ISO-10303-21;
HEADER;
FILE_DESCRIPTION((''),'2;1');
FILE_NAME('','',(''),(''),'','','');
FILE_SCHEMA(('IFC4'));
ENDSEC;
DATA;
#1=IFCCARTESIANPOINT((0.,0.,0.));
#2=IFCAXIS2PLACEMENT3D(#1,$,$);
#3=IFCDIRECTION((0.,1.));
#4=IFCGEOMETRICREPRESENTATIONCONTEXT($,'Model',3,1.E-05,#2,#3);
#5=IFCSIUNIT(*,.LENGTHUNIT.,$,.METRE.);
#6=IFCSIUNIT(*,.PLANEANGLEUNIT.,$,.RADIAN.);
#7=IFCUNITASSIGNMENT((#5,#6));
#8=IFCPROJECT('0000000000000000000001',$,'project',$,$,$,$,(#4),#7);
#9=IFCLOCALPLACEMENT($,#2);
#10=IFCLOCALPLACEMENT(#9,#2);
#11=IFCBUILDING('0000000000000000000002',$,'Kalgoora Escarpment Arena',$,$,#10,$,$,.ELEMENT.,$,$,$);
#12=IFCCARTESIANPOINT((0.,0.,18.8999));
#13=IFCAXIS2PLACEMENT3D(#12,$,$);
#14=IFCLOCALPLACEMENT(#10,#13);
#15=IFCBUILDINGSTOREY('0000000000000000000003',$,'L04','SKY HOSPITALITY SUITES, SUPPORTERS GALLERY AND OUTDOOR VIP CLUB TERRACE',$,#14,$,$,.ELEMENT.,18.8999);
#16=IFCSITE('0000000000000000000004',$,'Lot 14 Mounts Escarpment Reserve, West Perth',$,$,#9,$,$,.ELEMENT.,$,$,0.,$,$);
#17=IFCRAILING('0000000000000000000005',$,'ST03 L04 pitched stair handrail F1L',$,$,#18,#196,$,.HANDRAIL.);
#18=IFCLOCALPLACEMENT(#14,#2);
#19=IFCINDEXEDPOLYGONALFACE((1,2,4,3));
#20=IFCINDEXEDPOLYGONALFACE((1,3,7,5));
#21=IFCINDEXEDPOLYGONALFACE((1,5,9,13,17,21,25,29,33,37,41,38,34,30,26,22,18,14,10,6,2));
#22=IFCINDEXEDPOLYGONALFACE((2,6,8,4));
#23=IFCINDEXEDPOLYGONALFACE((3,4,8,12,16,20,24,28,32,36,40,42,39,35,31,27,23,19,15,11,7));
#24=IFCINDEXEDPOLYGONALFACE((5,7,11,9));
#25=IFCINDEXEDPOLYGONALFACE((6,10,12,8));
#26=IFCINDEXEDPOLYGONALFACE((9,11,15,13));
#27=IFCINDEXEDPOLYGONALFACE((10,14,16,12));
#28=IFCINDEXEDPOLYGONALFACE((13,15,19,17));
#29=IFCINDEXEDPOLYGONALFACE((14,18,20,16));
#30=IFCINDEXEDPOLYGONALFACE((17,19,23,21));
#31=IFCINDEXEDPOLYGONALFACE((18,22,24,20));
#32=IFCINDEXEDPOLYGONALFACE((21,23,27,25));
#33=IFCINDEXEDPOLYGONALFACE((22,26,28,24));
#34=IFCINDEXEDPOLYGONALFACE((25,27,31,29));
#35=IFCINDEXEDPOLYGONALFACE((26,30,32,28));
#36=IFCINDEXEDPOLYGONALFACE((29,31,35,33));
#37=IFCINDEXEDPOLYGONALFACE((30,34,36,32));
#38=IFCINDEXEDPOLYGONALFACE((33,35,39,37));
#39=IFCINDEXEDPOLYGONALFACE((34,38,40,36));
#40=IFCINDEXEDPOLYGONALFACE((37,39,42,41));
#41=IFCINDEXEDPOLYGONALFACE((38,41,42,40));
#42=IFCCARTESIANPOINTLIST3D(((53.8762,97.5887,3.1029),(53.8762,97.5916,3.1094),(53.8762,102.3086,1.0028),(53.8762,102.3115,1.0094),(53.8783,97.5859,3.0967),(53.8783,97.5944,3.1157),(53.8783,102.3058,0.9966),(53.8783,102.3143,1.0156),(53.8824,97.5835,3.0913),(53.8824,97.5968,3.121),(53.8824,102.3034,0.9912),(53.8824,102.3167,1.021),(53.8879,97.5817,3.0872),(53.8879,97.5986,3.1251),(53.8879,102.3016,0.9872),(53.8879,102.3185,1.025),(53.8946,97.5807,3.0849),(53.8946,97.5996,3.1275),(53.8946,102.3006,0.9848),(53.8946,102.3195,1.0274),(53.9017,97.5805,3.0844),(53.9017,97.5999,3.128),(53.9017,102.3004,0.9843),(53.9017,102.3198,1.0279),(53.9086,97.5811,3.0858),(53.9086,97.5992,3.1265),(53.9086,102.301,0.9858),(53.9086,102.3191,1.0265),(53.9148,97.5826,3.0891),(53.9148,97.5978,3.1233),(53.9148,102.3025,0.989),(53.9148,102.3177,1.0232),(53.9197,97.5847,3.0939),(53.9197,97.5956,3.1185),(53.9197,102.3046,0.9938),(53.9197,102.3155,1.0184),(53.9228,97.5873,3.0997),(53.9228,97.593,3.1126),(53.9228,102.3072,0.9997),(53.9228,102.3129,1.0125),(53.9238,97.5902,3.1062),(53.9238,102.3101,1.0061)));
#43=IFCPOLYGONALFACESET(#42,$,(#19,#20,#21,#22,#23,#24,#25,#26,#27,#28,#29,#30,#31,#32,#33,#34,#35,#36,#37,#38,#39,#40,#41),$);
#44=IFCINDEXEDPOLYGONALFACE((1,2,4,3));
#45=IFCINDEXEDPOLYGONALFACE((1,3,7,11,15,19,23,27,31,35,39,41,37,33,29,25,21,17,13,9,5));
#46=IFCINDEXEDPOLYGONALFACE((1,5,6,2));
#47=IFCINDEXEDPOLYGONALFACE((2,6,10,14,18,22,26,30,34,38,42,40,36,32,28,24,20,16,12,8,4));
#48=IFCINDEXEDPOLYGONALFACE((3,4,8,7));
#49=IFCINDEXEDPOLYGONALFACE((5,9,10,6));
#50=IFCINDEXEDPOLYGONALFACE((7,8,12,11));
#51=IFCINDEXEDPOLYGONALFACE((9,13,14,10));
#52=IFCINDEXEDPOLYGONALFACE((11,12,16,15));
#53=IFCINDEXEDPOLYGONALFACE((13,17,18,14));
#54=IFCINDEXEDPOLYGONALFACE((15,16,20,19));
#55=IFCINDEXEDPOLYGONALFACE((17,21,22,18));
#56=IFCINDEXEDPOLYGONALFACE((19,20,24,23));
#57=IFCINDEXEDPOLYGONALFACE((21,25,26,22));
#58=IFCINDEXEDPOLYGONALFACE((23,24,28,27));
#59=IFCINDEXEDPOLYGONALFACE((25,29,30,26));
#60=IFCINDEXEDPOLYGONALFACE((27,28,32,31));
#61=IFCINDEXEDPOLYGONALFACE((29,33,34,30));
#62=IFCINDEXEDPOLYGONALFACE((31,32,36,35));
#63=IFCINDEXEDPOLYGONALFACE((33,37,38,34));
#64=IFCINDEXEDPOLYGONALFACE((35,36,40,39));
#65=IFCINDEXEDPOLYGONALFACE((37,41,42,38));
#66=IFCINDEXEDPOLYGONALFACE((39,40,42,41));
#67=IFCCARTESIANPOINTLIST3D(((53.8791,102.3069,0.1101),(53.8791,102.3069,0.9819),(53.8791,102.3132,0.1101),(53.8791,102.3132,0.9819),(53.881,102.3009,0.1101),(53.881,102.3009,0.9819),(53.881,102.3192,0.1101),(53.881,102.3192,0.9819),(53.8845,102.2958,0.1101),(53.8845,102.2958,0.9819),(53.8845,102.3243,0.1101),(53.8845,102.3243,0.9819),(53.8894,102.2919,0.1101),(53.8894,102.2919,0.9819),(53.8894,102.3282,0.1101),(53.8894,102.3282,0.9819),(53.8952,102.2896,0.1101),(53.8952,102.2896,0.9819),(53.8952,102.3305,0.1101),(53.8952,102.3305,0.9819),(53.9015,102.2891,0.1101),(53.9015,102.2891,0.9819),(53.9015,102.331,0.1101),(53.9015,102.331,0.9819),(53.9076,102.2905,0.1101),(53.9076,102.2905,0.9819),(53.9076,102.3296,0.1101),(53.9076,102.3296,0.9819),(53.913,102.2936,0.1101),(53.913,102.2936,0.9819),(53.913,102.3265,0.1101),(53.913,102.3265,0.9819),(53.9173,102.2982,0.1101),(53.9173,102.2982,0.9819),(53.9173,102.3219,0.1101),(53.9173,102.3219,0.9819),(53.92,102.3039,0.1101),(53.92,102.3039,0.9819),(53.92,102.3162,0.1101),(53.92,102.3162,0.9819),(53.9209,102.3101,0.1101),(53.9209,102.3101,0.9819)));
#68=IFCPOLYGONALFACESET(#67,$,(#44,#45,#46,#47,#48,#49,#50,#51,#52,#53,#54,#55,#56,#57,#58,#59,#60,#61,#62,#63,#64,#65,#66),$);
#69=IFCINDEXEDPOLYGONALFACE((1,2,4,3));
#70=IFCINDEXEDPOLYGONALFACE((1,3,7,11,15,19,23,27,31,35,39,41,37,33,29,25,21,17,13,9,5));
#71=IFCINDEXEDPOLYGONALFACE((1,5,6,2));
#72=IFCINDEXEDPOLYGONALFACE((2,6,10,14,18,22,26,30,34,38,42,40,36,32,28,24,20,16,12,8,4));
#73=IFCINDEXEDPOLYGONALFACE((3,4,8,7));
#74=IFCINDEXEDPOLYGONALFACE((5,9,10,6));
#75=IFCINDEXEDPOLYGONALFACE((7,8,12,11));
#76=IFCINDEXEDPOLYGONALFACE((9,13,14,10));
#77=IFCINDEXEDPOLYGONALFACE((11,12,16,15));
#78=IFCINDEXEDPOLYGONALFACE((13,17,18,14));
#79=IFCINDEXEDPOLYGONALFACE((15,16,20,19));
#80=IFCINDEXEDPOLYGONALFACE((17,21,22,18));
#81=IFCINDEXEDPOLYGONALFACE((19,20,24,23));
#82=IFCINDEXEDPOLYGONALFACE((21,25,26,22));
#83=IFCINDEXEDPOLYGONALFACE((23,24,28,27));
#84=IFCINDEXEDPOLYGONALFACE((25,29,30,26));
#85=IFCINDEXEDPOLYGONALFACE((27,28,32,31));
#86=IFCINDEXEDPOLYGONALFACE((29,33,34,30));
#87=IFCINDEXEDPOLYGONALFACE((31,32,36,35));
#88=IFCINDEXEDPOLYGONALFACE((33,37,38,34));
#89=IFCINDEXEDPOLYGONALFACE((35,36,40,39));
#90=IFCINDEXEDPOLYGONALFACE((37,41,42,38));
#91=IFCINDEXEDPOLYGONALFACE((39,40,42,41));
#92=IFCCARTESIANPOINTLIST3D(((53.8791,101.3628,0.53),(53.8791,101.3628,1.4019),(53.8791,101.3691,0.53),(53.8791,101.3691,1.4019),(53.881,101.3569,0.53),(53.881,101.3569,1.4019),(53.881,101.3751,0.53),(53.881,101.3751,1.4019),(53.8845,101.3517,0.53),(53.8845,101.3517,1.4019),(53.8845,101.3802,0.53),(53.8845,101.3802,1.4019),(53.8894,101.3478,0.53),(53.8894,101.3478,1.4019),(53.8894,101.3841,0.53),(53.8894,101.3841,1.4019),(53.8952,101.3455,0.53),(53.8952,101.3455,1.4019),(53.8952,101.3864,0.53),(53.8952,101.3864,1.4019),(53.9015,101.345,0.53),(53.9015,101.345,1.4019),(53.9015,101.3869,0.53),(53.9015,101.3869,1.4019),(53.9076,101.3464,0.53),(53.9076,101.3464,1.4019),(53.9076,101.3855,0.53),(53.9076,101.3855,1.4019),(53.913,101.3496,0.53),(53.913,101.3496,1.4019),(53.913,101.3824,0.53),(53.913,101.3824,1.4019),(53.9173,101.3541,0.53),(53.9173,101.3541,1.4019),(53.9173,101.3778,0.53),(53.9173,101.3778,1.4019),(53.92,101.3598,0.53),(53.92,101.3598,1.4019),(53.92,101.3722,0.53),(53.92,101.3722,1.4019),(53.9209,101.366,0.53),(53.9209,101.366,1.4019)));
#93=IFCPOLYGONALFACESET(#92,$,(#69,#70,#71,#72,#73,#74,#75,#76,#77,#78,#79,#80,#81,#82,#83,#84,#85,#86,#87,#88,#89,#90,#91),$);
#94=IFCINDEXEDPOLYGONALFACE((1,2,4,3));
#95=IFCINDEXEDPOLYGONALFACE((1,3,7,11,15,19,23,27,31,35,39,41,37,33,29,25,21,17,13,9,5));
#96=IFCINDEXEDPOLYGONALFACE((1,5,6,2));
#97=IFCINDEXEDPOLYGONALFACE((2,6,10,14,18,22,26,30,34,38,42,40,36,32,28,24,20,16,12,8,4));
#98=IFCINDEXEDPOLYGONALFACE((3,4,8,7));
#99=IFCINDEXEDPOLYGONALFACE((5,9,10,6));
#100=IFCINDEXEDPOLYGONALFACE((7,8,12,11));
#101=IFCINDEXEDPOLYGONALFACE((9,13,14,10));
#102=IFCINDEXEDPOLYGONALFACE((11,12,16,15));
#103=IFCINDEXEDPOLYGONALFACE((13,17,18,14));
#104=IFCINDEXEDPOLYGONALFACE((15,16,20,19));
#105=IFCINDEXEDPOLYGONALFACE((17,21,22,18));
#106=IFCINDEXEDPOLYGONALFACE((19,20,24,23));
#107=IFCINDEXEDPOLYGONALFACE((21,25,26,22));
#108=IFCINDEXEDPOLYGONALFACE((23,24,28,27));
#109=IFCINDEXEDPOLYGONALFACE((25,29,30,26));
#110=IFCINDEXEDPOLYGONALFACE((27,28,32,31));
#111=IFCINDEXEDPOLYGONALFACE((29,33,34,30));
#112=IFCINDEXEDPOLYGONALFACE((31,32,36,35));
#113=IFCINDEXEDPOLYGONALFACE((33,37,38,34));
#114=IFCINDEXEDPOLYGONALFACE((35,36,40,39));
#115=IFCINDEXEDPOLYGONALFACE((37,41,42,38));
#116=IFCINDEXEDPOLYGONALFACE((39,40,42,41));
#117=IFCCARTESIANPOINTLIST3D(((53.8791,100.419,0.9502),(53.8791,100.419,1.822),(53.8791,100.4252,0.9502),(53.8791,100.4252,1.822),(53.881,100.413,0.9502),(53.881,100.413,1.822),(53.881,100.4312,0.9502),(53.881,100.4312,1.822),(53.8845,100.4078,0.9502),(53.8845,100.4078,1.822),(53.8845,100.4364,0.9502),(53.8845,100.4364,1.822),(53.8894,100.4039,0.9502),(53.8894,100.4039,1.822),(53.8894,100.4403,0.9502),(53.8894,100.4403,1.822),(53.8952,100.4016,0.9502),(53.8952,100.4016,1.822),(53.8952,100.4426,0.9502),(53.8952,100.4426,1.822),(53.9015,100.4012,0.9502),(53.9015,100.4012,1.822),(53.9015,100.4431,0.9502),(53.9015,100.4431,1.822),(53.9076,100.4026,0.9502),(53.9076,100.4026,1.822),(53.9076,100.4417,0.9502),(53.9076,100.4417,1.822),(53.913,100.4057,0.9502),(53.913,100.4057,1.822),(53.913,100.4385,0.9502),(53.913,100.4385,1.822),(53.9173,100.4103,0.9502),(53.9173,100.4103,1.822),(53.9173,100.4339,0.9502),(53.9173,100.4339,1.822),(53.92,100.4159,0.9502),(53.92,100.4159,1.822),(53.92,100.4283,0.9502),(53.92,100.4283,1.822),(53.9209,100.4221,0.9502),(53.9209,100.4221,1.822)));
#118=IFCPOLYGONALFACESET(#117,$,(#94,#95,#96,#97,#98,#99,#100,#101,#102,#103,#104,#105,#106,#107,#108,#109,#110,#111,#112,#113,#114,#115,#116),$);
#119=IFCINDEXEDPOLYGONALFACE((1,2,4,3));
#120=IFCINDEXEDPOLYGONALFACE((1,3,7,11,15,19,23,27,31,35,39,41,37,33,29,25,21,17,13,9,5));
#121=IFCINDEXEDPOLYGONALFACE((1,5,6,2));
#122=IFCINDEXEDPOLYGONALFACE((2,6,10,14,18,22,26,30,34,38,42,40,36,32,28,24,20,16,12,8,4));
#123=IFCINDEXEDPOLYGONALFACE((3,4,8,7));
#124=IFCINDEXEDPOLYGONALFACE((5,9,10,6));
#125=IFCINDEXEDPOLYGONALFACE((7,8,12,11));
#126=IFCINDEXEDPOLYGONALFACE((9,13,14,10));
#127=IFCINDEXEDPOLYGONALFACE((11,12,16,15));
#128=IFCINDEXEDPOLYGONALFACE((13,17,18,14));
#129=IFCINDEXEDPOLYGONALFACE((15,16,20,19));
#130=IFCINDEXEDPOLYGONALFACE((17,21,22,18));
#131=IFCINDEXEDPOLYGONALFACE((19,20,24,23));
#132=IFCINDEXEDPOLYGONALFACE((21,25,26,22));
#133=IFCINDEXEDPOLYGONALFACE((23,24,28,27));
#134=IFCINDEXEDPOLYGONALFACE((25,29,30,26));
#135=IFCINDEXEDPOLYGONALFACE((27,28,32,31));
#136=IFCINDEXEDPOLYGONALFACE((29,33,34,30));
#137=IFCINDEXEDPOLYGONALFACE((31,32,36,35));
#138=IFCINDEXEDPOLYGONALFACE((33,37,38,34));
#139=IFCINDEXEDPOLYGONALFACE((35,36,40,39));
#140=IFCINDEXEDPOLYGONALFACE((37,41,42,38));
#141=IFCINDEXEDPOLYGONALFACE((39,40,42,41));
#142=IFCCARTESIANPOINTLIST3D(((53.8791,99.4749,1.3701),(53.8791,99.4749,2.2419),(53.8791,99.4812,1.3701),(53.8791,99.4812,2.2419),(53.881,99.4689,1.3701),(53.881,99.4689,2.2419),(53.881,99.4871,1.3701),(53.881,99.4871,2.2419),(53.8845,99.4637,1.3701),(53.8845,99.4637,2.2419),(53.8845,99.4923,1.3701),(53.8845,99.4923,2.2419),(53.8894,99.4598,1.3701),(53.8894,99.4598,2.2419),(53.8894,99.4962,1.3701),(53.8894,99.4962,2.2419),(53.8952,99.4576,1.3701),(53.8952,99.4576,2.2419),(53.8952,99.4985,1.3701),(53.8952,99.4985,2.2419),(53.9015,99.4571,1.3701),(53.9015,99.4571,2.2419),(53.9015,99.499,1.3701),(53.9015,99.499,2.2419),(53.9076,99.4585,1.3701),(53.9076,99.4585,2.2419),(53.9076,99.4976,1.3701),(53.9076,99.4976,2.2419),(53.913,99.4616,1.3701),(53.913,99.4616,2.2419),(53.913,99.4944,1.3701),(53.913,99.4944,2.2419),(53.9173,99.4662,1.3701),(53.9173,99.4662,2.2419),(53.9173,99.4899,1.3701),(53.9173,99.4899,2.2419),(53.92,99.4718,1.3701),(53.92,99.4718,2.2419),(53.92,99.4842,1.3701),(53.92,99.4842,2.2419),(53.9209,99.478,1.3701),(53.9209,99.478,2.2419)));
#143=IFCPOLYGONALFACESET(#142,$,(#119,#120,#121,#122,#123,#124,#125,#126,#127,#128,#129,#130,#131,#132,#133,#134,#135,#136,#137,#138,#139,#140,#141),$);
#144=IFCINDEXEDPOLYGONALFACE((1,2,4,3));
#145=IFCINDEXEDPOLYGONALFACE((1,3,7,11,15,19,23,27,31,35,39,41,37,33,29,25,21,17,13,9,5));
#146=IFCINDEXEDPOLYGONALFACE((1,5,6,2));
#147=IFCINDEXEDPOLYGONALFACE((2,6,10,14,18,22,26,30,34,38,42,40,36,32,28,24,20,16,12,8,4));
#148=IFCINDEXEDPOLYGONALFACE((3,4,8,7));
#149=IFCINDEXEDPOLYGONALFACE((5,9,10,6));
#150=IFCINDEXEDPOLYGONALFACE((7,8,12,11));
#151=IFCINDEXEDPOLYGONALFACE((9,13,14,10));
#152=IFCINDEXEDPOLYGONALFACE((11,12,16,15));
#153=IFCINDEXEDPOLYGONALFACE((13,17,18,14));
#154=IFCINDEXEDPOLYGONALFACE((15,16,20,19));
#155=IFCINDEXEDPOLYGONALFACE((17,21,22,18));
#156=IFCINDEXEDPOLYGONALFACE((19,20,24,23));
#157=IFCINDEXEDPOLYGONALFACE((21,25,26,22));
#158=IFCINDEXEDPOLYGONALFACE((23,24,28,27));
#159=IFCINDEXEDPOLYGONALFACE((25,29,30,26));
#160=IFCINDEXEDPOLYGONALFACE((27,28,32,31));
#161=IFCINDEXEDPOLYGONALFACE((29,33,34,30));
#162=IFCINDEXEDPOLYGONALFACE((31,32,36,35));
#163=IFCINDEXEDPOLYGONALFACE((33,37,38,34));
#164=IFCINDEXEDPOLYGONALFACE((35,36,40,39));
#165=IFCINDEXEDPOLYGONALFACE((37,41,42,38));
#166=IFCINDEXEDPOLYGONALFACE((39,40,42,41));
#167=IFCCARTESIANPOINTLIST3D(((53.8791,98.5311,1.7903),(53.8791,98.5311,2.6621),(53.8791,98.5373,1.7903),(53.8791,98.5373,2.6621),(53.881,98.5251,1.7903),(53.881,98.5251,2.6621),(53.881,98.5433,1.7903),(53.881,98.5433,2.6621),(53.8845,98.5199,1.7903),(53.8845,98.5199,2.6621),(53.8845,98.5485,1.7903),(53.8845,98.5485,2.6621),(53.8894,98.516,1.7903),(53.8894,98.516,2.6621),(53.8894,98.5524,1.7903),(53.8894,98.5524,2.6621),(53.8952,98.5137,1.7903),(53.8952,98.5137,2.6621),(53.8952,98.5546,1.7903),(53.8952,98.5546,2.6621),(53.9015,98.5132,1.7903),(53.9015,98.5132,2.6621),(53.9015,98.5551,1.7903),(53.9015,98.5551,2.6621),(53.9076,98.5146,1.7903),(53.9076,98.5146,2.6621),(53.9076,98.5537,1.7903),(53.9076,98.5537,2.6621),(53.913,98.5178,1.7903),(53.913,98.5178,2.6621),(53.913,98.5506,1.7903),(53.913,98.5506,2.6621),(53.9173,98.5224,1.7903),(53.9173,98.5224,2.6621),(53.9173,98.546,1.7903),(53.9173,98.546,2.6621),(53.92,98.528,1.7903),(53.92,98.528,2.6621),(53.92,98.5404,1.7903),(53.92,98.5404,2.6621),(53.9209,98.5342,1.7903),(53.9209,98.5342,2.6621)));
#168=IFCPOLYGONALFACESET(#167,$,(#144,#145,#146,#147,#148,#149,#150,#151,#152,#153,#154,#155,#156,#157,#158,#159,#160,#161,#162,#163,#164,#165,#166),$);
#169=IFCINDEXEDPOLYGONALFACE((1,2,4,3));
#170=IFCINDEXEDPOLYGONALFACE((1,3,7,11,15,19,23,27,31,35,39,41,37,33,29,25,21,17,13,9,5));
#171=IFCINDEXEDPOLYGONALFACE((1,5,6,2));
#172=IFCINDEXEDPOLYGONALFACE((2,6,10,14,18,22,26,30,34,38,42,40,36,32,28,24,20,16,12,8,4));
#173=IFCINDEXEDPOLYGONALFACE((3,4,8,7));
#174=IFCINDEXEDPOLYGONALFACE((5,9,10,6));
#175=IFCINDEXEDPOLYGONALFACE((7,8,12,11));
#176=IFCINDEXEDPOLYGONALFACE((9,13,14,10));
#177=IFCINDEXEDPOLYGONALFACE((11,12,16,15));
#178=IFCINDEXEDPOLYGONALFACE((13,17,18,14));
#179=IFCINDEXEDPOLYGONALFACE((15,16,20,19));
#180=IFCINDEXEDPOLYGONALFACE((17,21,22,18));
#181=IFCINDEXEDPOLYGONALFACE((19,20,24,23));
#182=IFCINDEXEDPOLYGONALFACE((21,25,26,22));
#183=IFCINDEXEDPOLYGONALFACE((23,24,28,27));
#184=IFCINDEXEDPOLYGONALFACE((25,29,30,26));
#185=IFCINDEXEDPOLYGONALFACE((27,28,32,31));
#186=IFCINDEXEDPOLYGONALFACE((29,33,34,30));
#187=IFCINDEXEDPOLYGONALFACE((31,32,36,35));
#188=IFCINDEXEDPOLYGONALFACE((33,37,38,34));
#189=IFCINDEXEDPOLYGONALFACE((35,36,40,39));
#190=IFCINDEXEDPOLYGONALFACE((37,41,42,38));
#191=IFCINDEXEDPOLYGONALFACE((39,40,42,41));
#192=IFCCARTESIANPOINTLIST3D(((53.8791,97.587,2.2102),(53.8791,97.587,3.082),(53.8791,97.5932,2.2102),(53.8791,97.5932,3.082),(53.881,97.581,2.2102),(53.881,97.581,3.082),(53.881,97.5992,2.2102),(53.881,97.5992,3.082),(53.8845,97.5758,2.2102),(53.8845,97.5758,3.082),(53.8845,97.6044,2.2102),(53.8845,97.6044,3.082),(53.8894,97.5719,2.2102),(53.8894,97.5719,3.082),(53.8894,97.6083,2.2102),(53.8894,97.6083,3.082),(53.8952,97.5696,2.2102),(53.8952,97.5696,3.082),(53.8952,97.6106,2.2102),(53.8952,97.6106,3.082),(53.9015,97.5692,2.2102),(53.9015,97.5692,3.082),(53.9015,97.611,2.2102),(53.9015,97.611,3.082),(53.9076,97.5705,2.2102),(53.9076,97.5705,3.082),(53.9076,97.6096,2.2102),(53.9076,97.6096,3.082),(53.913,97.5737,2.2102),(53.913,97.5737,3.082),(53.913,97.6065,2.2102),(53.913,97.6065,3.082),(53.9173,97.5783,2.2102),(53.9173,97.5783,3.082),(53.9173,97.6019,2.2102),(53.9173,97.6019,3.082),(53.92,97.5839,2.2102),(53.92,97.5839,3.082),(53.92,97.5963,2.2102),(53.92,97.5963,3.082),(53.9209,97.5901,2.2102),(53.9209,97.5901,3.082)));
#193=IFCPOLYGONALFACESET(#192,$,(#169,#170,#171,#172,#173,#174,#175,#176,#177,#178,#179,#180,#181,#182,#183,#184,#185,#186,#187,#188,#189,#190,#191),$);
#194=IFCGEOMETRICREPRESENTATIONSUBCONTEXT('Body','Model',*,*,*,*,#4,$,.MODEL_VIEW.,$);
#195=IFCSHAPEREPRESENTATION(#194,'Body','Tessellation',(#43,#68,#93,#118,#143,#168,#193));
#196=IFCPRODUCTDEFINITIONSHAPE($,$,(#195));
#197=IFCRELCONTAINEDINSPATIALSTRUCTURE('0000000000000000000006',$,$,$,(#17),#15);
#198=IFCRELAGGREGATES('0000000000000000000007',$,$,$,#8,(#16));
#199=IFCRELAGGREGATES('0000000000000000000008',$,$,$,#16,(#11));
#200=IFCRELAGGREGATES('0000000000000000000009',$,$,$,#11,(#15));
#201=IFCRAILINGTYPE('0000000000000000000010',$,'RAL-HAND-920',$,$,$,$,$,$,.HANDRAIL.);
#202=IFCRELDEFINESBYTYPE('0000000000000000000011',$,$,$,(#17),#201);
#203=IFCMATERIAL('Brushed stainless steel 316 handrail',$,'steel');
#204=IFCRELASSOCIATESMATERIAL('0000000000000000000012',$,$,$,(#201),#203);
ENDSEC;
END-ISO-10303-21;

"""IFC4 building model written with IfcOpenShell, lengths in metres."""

from ifc_helpers import new_model, si_unit, direction, frame, origin, origin_2d, place, context, subcontext, project, spatial, circle, extrude, material, type_object, element, save


model = new_model("IFC4")

# Units and contexts
model_context = context("Model", 3, precision=1e-05, world=origin(), true_north=direction((0.0, 1.0)))
body_context = subcontext(model_context, "Body", "Model", "MODEL_VIEW")
ifc_project = project(units=[si_unit("LENGTHUNIT", "METRE"), si_unit("PLANEANGLEUNIT", "RADIAN")], contexts=[model_context])

# Site, building, storey
site_placement = place(None, origin())
site = spatial("IfcSite", under=ifc_project, at=site_placement, Name="Lot 14 Mounts Escarpment Reserve, West Perth", CompositionType="ELEMENT", RefElevation=0.0)
building_placement = place(site_placement, origin())
building = spatial("IfcBuilding", under=site, at=building_placement, Name="Kalgoora Escarpment Arena", CompositionType="ELEMENT")
storey_placement = place(building_placement, frame((0.0, 0.0, 18.8999)))
storey = spatial("IfcBuildingStorey", under=building, at=storey_placement, Name="L04", Description="SKY HOSPITALITY SUITES, SUPPORTERS GALLERY AND OUTDOOR VIP CLUB TERRACE", CompositionType="ELEMENT", Elevation=18.8999)

# Railing
ifc_material_1 = material(Name="Brushed stainless steel 316 handrail", Category="steel")
railing_type_1 = type_object("IfcRailingType", Name="RAL-HAND-920", PredefinedType="HANDRAIL", material=ifc_material_1)
for number, where, name in (
    (1, (53.8999, 102.3101, 0.1101), "ST03 L04 pitched stair handrail F1L"),
):
    element("IfcRailing", number, at=place(storey_placement, frame(where)), inside=storey, type_object=railing_type_1, Name=name, PredefinedType="HANDRAIL", context=body_context, shape_type="SweptSolid", body=[
        extrude(circle(Radius=0.0239, at=origin_2d()), frame((0.0, 0.0, 0.896), z_axis=(0.0, -0.913644, 0.406516), x_axis=(1.0, 0.0, 0.0)), (0.0, 0.0, 1.0), 5.166),
        extrude(circle(Radius=0.021, at=origin_2d()), origin(), (0.0, 0.0, 1.0), 0.8718),
        extrude(circle(Radius=0.021, at=origin_2d()), frame((0.0, -0.9441, 0.4199)), (0.0, 0.0, 1.0), 0.8718),
        extrude(circle(Radius=0.021, at=origin_2d()), frame((0.0, -1.8879, 0.8401)), (0.0, 0.0, 1.0), 0.8718),
        extrude(circle(Radius=0.021, at=origin_2d()), frame((0.0, -2.832, 1.26)), (0.0, 0.0, 1.0), 0.8718),
        extrude(circle(Radius=0.021, at=origin_2d()), frame((0.0, -3.7759, 1.6802)), (0.0, 0.0, 1.0), 0.8718),
        extrude(circle(Radius=0.021, at=origin_2d()), frame((0.0, -4.72, 2.1001)), (0.0, 0.0, 1.0), 0.8718),
    ])

save(model, "model.ifc")
